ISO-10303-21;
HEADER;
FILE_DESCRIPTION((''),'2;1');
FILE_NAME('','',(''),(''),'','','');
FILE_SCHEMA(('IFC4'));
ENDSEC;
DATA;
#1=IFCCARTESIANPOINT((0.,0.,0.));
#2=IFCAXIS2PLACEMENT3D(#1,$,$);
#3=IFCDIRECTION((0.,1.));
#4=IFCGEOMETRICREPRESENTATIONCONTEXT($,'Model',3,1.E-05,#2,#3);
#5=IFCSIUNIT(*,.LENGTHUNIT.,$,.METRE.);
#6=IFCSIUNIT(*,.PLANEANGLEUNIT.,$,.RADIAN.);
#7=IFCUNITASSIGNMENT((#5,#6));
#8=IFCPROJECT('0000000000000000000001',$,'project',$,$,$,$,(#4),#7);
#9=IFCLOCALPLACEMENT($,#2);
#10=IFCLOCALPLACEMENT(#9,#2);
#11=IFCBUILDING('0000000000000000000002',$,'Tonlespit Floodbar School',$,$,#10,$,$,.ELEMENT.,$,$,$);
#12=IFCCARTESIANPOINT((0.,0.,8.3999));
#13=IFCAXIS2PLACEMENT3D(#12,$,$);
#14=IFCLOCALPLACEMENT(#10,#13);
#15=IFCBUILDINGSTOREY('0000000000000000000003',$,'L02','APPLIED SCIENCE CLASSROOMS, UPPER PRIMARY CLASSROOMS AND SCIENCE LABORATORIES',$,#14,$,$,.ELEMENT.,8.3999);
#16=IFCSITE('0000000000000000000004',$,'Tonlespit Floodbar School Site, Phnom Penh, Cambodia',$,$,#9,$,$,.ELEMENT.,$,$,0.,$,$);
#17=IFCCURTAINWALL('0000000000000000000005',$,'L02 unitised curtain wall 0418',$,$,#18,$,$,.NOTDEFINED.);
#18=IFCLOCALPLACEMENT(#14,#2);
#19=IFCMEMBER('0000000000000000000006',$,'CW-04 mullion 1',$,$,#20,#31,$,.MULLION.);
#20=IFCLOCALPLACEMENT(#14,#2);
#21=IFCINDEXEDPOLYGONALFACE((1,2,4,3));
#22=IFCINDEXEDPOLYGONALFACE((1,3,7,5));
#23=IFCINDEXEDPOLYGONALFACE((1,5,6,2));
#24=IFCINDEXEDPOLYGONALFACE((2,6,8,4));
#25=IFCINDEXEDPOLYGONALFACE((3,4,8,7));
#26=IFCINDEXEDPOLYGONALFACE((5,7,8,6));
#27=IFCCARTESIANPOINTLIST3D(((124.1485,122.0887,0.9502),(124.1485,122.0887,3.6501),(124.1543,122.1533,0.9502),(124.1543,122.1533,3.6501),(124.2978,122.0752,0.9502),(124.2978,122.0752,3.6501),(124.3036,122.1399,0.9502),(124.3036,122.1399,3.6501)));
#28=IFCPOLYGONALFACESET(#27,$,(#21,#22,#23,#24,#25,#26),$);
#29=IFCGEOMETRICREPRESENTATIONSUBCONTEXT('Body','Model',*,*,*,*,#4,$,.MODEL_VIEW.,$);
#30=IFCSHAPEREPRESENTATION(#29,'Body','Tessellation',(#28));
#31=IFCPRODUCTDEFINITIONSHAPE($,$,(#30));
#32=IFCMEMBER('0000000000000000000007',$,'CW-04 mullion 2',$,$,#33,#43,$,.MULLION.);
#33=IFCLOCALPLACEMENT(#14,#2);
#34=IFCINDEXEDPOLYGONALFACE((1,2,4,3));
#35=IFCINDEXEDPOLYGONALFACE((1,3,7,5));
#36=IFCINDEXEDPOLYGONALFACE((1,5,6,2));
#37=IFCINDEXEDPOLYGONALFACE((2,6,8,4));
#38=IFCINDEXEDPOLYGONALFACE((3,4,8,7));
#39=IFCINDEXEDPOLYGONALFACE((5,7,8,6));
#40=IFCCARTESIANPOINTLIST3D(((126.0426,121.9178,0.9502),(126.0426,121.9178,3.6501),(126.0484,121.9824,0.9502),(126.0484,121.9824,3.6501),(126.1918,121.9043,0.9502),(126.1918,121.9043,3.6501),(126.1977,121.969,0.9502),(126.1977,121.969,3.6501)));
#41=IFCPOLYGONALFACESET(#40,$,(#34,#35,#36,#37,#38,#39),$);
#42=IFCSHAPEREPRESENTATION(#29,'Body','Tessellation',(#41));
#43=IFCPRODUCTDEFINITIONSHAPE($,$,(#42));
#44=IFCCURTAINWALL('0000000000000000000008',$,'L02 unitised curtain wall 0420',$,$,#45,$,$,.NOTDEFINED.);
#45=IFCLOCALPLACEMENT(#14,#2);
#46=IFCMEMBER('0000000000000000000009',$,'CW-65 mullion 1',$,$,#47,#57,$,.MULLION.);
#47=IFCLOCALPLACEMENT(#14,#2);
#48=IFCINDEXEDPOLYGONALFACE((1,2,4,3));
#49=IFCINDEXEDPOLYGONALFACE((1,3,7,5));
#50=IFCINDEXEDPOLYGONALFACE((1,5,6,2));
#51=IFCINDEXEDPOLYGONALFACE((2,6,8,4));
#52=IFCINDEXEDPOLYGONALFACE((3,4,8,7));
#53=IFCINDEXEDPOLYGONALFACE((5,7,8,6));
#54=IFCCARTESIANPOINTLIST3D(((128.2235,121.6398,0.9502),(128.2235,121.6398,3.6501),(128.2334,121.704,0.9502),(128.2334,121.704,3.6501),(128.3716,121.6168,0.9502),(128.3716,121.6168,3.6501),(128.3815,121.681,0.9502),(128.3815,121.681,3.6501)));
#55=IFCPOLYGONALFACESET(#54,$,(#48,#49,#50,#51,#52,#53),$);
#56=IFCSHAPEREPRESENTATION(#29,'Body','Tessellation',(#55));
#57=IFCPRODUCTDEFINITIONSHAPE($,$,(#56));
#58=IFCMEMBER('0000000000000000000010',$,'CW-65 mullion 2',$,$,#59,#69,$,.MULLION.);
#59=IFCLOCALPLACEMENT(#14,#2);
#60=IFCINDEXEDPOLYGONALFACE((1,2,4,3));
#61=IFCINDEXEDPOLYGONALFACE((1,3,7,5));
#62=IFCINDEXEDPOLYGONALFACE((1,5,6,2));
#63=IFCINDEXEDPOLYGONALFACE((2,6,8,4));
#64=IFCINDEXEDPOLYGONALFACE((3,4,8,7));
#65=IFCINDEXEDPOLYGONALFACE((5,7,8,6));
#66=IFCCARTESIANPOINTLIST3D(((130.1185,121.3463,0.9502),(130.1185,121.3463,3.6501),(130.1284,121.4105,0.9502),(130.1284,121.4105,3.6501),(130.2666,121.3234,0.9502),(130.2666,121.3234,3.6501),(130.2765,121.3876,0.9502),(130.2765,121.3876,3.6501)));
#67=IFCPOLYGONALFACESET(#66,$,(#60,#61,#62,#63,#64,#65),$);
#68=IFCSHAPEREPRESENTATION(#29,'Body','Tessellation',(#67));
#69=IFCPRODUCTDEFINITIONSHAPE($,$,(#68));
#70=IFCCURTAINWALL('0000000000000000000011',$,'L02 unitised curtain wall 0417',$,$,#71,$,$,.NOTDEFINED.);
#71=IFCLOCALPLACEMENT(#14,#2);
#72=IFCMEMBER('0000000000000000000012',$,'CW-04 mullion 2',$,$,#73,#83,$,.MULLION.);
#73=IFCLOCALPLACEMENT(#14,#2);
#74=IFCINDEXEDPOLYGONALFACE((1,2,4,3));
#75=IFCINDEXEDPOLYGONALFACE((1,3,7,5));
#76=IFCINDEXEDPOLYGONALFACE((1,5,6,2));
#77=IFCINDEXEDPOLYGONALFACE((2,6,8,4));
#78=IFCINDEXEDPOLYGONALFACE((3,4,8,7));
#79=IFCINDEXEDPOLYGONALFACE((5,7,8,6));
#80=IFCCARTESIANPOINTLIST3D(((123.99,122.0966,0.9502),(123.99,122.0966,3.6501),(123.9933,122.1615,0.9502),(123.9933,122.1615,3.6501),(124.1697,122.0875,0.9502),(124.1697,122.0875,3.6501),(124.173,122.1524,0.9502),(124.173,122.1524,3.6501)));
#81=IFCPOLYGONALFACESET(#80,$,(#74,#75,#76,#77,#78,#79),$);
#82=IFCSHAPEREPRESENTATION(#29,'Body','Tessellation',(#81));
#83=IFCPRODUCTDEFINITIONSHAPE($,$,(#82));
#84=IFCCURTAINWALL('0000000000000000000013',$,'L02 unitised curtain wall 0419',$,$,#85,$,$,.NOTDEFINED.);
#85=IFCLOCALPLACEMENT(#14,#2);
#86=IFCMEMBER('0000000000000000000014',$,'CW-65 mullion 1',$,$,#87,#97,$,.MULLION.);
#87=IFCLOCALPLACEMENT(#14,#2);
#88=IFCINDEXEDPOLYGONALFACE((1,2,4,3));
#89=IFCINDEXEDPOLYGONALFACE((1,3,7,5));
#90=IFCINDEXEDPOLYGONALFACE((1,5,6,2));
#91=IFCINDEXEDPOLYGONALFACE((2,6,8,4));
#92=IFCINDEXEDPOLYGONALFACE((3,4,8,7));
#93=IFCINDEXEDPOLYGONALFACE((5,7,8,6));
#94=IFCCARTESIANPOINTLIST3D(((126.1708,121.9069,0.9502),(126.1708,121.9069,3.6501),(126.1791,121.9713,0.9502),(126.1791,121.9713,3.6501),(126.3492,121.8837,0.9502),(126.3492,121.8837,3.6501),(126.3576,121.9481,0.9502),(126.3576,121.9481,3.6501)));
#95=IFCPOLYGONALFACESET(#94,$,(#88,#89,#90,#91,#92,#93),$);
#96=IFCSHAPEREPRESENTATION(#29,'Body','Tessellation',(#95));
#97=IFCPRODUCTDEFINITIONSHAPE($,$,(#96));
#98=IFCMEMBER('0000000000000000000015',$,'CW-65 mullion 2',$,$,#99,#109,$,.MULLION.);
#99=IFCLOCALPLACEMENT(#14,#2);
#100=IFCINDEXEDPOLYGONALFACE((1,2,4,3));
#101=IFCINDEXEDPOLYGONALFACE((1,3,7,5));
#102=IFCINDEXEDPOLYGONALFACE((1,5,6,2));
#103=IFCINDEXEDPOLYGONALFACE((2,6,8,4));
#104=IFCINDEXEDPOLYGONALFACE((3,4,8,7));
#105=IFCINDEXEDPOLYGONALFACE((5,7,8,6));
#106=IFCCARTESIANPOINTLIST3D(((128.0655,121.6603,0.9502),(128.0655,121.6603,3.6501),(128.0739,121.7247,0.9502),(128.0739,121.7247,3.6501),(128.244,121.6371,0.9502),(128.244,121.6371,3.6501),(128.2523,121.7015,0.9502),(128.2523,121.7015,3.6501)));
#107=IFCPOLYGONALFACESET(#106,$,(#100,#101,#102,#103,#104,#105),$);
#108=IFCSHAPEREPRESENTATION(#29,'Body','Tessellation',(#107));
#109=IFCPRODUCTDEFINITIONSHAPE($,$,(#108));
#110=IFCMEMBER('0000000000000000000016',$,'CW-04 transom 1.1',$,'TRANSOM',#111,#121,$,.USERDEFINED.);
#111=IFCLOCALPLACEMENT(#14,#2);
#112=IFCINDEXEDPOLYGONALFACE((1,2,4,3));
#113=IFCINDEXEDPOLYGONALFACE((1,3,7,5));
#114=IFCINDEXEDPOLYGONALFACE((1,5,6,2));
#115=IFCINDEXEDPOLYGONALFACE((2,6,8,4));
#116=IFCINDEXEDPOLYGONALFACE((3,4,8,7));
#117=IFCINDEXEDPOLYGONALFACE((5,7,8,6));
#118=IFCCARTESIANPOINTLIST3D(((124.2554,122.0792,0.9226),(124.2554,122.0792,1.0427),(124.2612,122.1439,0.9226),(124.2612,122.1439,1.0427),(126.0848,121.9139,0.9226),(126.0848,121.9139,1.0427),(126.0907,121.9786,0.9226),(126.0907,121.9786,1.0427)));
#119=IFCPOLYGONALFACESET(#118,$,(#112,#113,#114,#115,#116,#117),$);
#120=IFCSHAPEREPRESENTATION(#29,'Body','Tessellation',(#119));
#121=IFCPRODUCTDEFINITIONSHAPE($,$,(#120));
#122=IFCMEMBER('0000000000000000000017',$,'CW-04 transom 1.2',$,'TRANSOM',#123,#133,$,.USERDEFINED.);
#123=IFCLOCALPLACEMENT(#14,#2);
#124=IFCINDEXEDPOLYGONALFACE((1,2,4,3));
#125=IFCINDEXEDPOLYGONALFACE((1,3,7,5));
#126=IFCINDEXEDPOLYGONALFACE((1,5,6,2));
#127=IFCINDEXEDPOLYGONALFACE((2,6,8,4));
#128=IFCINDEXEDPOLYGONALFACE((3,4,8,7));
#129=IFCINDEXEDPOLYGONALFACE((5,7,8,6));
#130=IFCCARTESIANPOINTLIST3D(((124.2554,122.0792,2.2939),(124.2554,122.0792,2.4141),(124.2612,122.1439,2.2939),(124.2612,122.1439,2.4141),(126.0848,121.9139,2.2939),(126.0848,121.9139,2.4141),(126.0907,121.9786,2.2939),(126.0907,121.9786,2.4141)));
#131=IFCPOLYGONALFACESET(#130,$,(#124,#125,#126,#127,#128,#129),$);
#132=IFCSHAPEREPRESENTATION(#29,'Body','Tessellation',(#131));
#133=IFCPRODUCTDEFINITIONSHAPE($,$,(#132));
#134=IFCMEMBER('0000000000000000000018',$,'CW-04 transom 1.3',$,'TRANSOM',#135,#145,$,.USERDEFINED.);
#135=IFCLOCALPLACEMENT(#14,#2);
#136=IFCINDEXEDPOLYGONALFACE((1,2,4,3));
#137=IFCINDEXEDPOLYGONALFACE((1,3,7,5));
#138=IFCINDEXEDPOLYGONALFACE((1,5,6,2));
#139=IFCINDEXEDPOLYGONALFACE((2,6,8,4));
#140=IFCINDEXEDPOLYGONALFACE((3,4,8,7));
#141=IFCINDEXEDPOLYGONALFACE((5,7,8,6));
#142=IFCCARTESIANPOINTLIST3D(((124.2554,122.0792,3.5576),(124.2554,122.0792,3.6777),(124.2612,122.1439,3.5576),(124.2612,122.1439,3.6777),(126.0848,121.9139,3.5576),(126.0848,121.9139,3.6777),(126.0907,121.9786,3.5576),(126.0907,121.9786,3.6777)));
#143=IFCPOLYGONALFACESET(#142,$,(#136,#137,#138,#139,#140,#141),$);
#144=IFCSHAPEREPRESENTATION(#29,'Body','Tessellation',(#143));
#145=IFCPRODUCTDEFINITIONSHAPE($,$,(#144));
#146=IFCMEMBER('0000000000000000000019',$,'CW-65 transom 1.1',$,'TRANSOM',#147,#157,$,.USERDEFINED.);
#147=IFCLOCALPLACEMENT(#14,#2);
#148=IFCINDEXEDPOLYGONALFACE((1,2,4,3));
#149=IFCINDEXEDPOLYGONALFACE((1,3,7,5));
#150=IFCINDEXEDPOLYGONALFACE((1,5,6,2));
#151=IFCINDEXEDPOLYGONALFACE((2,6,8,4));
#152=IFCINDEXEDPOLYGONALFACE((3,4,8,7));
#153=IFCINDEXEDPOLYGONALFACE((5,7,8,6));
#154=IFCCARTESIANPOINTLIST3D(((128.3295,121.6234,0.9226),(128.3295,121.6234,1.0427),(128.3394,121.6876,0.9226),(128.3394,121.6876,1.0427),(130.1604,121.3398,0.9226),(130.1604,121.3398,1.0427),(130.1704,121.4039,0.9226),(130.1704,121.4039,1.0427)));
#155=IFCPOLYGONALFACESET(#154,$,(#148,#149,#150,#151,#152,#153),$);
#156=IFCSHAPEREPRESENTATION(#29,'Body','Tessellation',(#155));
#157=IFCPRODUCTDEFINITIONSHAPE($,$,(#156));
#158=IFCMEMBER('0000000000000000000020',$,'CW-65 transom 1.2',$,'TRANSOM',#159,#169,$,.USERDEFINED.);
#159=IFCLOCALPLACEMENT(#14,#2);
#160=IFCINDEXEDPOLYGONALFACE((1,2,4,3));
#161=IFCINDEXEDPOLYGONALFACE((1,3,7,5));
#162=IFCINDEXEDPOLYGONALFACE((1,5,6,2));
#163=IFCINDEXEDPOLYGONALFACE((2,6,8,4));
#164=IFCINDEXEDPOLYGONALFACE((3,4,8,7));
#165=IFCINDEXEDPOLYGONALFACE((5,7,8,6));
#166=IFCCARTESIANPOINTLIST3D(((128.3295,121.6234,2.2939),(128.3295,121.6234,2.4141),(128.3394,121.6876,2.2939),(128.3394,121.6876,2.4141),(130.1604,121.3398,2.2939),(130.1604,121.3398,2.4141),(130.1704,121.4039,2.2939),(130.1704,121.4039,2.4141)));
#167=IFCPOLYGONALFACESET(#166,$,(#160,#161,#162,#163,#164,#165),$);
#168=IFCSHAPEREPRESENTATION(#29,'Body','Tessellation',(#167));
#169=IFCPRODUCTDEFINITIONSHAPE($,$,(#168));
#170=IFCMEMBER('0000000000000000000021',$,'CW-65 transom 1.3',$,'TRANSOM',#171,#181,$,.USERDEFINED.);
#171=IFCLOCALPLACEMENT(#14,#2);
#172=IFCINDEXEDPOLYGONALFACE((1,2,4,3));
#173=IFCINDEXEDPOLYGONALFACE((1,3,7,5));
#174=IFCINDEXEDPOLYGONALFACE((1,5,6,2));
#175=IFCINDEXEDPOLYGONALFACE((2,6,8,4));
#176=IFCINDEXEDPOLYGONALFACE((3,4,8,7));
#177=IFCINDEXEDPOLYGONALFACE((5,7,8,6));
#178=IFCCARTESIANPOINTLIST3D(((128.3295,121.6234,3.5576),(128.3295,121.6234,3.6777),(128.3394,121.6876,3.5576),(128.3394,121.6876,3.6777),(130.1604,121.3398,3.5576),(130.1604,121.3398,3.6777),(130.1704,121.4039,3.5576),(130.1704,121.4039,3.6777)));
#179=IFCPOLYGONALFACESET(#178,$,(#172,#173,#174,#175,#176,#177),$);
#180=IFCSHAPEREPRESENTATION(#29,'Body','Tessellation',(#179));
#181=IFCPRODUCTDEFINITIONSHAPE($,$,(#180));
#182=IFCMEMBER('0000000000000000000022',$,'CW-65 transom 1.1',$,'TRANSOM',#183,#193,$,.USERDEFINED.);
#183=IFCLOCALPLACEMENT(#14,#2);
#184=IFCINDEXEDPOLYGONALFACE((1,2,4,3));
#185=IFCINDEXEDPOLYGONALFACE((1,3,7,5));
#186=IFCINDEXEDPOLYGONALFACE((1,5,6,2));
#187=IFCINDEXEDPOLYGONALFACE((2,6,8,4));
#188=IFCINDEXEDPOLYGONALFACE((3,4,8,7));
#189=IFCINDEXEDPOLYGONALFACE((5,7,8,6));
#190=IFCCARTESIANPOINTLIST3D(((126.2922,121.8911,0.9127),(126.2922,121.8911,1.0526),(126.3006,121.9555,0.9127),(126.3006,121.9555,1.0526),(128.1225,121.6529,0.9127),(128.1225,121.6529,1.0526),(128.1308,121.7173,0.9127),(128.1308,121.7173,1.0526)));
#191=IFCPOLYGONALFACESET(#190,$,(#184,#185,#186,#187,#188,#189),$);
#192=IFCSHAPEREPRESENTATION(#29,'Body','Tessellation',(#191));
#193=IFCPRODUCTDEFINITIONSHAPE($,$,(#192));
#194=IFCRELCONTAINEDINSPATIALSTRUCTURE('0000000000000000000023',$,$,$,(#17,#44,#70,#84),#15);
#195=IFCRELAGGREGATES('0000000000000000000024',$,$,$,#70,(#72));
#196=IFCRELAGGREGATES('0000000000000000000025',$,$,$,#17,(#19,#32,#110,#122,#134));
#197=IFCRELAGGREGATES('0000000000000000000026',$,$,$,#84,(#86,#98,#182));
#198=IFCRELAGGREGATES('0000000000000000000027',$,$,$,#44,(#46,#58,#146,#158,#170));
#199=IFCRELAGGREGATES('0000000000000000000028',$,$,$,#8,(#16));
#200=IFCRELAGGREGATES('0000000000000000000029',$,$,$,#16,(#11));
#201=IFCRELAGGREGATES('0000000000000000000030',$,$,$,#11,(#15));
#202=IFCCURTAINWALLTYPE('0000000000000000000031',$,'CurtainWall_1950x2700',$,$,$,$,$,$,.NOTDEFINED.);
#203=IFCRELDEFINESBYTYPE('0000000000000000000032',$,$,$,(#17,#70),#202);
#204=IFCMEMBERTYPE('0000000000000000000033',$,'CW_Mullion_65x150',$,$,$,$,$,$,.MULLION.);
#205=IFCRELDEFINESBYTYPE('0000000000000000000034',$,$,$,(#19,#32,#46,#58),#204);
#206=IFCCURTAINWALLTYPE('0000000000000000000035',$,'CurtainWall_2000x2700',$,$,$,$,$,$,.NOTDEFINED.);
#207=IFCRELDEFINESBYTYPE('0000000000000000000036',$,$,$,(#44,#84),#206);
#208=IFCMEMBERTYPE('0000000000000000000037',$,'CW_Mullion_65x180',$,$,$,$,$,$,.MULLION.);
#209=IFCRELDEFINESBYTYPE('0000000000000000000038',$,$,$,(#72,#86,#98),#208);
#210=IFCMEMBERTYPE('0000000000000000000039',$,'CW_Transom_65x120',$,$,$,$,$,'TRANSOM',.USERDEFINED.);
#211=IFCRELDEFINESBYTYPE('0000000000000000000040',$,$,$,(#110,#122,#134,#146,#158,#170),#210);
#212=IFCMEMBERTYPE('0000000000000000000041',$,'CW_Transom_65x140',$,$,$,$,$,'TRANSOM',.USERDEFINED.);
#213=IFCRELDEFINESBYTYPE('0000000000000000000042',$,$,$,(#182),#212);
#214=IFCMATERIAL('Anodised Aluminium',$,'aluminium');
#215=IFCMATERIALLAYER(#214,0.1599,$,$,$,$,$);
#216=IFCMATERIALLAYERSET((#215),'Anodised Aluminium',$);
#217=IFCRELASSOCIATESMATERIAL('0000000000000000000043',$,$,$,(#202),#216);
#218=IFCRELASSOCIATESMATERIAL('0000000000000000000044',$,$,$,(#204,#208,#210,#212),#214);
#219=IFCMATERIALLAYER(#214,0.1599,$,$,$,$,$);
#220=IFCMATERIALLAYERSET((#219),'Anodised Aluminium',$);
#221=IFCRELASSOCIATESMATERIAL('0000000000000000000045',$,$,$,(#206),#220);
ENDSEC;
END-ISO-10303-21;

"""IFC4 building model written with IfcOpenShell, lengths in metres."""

from ifc_helpers import new_model, si_unit, direction, frame, origin, origin_2d, place, context, subcontext, project, spatial, rectangle, extrude, material, layer, layer_set, material_profile, profile_set, type_object, element, aggregate, save


model = new_model("IFC4")

# Units and contexts
model_context = context("Model", 3, precision=1e-05, world=origin(), true_north=direction((0.0, 1.0)))
body_context = subcontext(model_context, "Body", "Model", "MODEL_VIEW")
ifc_project = project(units=[si_unit("LENGTHUNIT", "METRE"), si_unit("PLANEANGLEUNIT", "RADIAN")], contexts=[model_context])

# Site, building, storey
site_placement = place(None, origin())
site = spatial("IfcSite", under=ifc_project, at=site_placement, Name="Tonlespit Floodbar School Site, Phnom Penh, Cambodia", CompositionType="ELEMENT", RefElevation=0.0)
building_placement = place(site_placement, origin())
building = spatial("IfcBuilding", under=site, at=building_placement, Name="Tonlespit Floodbar School", CompositionType="ELEMENT")
storey_placement = place(building_placement, frame((0.0, 0.0, 8.3999)))
storey = spatial("IfcBuildingStorey", under=building, at=storey_placement, Name="L02", Description="APPLIED SCIENCE CLASSROOMS, UPPER PRIMARY CLASSROOMS AND SCIENCE LABORATORIES", CompositionType="ELEMENT", Elevation=8.3999)

# Curtain walls, members
ifc_material_1 = material(Name="Anodised Aluminium", Category="aluminium")
ifc_layer_1 = layer(ifc_material_1, 0.1599)
ifc_layer_set_1 = layer_set([ifc_layer_1], Name="Anodised Aluminium")
curtain_wall_type_1 = type_object("IfcCurtainWallType", Name="CurtainWall_1950x2700", PredefinedType="NOTDEFINED", material=ifc_layer_set_1)
curtain_wall_1_placement = place(storey_placement, origin())
curtain_wall_1 = element("IfcCurtainWall", 1, at=curtain_wall_1_placement, inside=storey, type_object=curtain_wall_type_1, Name="L02 unitised curtain wall 0418", PredefinedType="NOTDEFINED")
ifc_material_profile_1 = material_profile(ifc_material_1, rectangle(XDim=0.0649, YDim=0.1499, at=origin_2d()), Name="ALU M65x150")
ifc_profile_set_1 = profile_set([ifc_material_profile_1], Name="Anodised Aluminium")
member_type_1 = type_object("IfcMemberType", Name="CW_Mullion_65x150", PredefinedType="MULLION", material=ifc_profile_set_1)
member_1_placement = place(storey_placement, frame((124.2261, 122.1143, 0.9502), z_axis=(0.0, 0.0, 1.0), x_axis=(0.089889, 0.995952, 0.0)))
member_1 = element("IfcMember", 2, at=member_1_placement, type_object=member_type_1, Name="CW-04 mullion 1", PredefinedType="MULLION", context=body_context, shape_type="SweptSolid", body=[
    extrude(rectangle(XDim=0.0649, YDim=0.1499, at=origin_2d()), origin(), (0.0, 0.0, 1.0), 2.7),
])
member_2_placement = place(storey_placement, frame((126.1201, 121.9434, 0.9502), z_axis=(0.0, 0.0, 1.0), x_axis=(0.089889, 0.995952, 0.0)))
member_2 = element("IfcMember", 3, at=member_2_placement, type_object=member_type_1, Name="CW-04 mullion 2", PredefinedType="MULLION", context=body_context, shape_type="SweptSolid", body=[
    extrude(rectangle(XDim=0.0649, YDim=0.1499, at=origin_2d()), origin(), (0.0, 0.0, 1.0), 2.7),
])
ifc_layer_2 = layer(ifc_material_1, 0.1599)
ifc_layer_set_2 = layer_set([ifc_layer_2], Name="Anodised Aluminium")
curtain_wall_type_2 = type_object("IfcCurtainWallType", Name="CurtainWall_2000x2700", PredefinedType="NOTDEFINED", material=ifc_layer_set_2)
curtain_wall_2_placement = place(storey_placement, origin())
curtain_wall_2 = element("IfcCurtainWall", 4, at=curtain_wall_2_placement, inside=storey, type_object=curtain_wall_type_2, Name="L02 unitised curtain wall 0420", PredefinedType="NOTDEFINED")
member_3_placement = place(storey_placement, frame((128.3025, 121.6604, 0.9502), z_axis=(0.0, 0.0, 1.0), x_axis=(0.153069, 0.988216, 0.0)))
member_3 = element("IfcMember", 5, at=member_3_placement, type_object=member_type_1, Name="CW-65 mullion 1", PredefinedType="MULLION", context=body_context, shape_type="SweptSolid", body=[
    extrude(rectangle(XDim=0.0649, YDim=0.1499, at=origin_2d()), origin(), (0.0, 0.0, 1.0), 2.7),
])
member_4_placement = place(storey_placement, frame((130.1975, 121.3669, 0.9502), z_axis=(0.0, 0.0, 1.0), x_axis=(0.153069, 0.988216, 0.0)))
member_4 = element("IfcMember", 6, at=member_4_placement, type_object=member_type_1, Name="CW-65 mullion 2", PredefinedType="MULLION", context=body_context, shape_type="SweptSolid", body=[
    extrude(rectangle(XDim=0.0649, YDim=0.1499, at=origin_2d()), origin(), (0.0, 0.0, 1.0), 2.7),
])

# Curtain wall, member
curtain_wall_3_placement = place(storey_placement, origin())
curtain_wall_3 = element("IfcCurtainWall", 7, at=curtain_wall_3_placement, inside=storey, type_object=curtain_wall_type_1, Name="L02 unitised curtain wall 0417", PredefinedType="NOTDEFINED")
ifc_material_profile_2 = material_profile(ifc_material_1, rectangle(XDim=0.0649, YDim=0.1799, at=origin_2d()), Name="ALU M65x180")
ifc_profile_set_2 = profile_set([ifc_material_profile_2], Name="Anodised Aluminium")
member_type_2 = type_object("IfcMemberType", Name="CW_Mullion_65x180", PredefinedType="MULLION", material=ifc_profile_set_2)
member_5_placement = place(storey_placement, frame((124.0815, 122.1245, 0.9502), z_axis=(0.0, 0.0, 1.0), x_axis=(0.050685, 0.998715, 0.0)))
member_5 = element("IfcMember", 8, at=member_5_placement, type_object=member_type_2, Name="CW-04 mullion 2", PredefinedType="MULLION", context=body_context, shape_type="SweptSolid", body=[
    extrude(rectangle(XDim=0.0649, YDim=0.1799, at=origin_2d()), origin(), (0.0, 0.0, 1.0), 2.7),
])
aggregate(curtain_wall_3, [member_5])

# Curtain wall, members
curtain_wall_4_placement = place(storey_placement, origin())
curtain_wall_4 = element("IfcCurtainWall", 9, at=curtain_wall_4_placement, inside=storey, type_object=curtain_wall_type_2, Name="L02 unitised curtain wall 0419", PredefinedType="NOTDEFINED")
member_6_placement = place(storey_placement, frame((126.2642, 121.9275, 0.9502), z_axis=(0.0, 0.0, 1.0), x_axis=(0.129073, 0.991635, 0.0)))
member_6 = element("IfcMember", 10, at=member_6_placement, type_object=member_type_2, Name="CW-65 mullion 1", PredefinedType="MULLION", context=body_context, shape_type="SweptSolid", body=[
    extrude(rectangle(XDim=0.0649, YDim=0.1799, at=origin_2d()), origin(), (0.0, 0.0, 1.0), 2.7),
])
member_7_placement = place(storey_placement, frame((128.1589, 121.6809, 0.9502), z_axis=(0.0, 0.0, 1.0), x_axis=(0.129073, 0.991635, 0.0)))
member_7 = element("IfcMember", 11, at=member_7_placement, type_object=member_type_2, Name="CW-65 mullion 2", PredefinedType="MULLION", context=body_context, shape_type="SweptSolid", body=[
    extrude(rectangle(XDim=0.0649, YDim=0.1799, at=origin_2d()), origin(), (0.0, 0.0, 1.0), 2.7),
])

# Members
ifc_material_profile_3 = material_profile(ifc_material_1, rectangle(XDim=0.0649, YDim=0.1201, at=origin_2d()), Name="ALU T65x120")
ifc_profile_set_3 = profile_set([ifc_material_profile_3], Name="Anodised Aluminium")
member_type_3 = type_object("IfcMemberType", Name="CW_Transom_65x120", ElementType="TRANSOM", PredefinedType="USERDEFINED", material=ifc_profile_set_3)
member_8_placement = place(storey_placement, frame((124.2583, 122.1116, 0.9827), z_axis=(0.995943, -0.089984, 0.0), x_axis=(0.089984, 0.995943, 0.0)))
member_8 = element("IfcMember", 12, at=member_8_placement, type_object=member_type_3, Name="CW-04 transom 1.1", ObjectType="TRANSOM", PredefinedType="USERDEFINED", context=body_context, shape_type="SweptSolid", body=[
    extrude(rectangle(XDim=0.0649, YDim=0.1201, at=origin_2d()), origin(), (0.0, 0.0, 1.0), 1.8369),
])
member_9_placement = place(storey_placement, frame((124.2583, 122.1116, 2.354), z_axis=(0.995943, -0.089984, 0.0), x_axis=(0.089984, 0.995943, 0.0)))
member_9 = element("IfcMember", 13, at=member_9_placement, type_object=member_type_3, Name="CW-04 transom 1.2", ObjectType="TRANSOM", PredefinedType="USERDEFINED", context=body_context, shape_type="SweptSolid", body=[
    extrude(rectangle(XDim=0.0649, YDim=0.1201, at=origin_2d()), origin(), (0.0, 0.0, 1.0), 1.8369),
])
member_10_placement = place(storey_placement, frame((124.2583, 122.1116, 3.6177), z_axis=(0.995943, -0.089984, 0.0), x_axis=(0.089984, 0.995943, 0.0)))
member_10 = element("IfcMember", 14, at=member_10_placement, type_object=member_type_3, Name="CW-04 transom 1.3", ObjectType="TRANSOM", PredefinedType="USERDEFINED", context=body_context, shape_type="SweptSolid", body=[
    extrude(rectangle(XDim=0.0649, YDim=0.1201, at=origin_2d()), origin(), (0.0, 0.0, 1.0), 1.8369),
])
member_11_placement = place(storey_placement, frame((128.3345, 121.6555, 0.9827), z_axis=(0.98821, -0.153107, 0.0), x_axis=(0.153107, 0.98821, 0.0)))
member_11 = element("IfcMember", 15, at=member_11_placement, type_object=member_type_3, Name="CW-65 transom 1.1", ObjectType="TRANSOM", PredefinedType="USERDEFINED", context=body_context, shape_type="SweptSolid", body=[
    extrude(rectangle(XDim=0.0649, YDim=0.1201, at=origin_2d()), origin(), (0.0, 0.0, 1.0), 1.8528),
])
member_12_placement = place(storey_placement, frame((128.3345, 121.6555, 2.354), z_axis=(0.98821, -0.153107, 0.0), x_axis=(0.153107, 0.98821, 0.0)))
member_12 = element("IfcMember", 16, at=member_12_placement, type_object=member_type_3, Name="CW-65 transom 1.2", ObjectType="TRANSOM", PredefinedType="USERDEFINED", context=body_context, shape_type="SweptSolid", body=[
    extrude(rectangle(XDim=0.0649, YDim=0.1201, at=origin_2d()), origin(), (0.0, 0.0, 1.0), 1.8528),
])
member_13_placement = place(storey_placement, frame((128.3345, 121.6555, 3.6177), z_axis=(0.98821, -0.153107, 0.0), x_axis=(0.153107, 0.98821, 0.0)))
member_13 = element("IfcMember", 17, at=member_13_placement, type_object=member_type_3, Name="CW-65 transom 1.3", ObjectType="TRANSOM", PredefinedType="USERDEFINED", context=body_context, shape_type="SweptSolid", body=[
    extrude(rectangle(XDim=0.0649, YDim=0.1201, at=origin_2d()), origin(), (0.0, 0.0, 1.0), 1.8528),
])
ifc_material_profile_4 = material_profile(ifc_material_1, rectangle(XDim=0.0649, YDim=0.1399, at=origin_2d()), Name="ALU T65x140")
ifc_profile_set_4 = profile_set([ifc_material_profile_4], Name="Anodised Aluminium")
member_type_4 = type_object("IfcMemberType", Name="CW_Transom_65x140", ElementType="TRANSOM", PredefinedType="USERDEFINED", material=ifc_profile_set_4)
member_14_placement = place(storey_placement, frame((126.2964, 121.9233, 0.9827), z_axis=(0.991632, -0.129096, 0.0), x_axis=(0.129096, 0.991632, 0.0)))
member_14 = element("IfcMember", 18, at=member_14_placement, type_object=member_type_4, Name="CW-65 transom 1.1", ObjectType="TRANSOM", PredefinedType="USERDEFINED", context=body_context, shape_type="SweptSolid", body=[
    extrude(rectangle(XDim=0.0649, YDim=0.1399, at=origin_2d()), origin(), (0.0, 0.0, 1.0), 1.8457),
])

aggregate(curtain_wall_1, [member_1, member_2, member_8, member_9, member_10])
aggregate(curtain_wall_4, [member_6, member_7, member_14])
aggregate(curtain_wall_2, [member_3, member_4, member_11, member_12, member_13])

save(model, "model.ifc")
